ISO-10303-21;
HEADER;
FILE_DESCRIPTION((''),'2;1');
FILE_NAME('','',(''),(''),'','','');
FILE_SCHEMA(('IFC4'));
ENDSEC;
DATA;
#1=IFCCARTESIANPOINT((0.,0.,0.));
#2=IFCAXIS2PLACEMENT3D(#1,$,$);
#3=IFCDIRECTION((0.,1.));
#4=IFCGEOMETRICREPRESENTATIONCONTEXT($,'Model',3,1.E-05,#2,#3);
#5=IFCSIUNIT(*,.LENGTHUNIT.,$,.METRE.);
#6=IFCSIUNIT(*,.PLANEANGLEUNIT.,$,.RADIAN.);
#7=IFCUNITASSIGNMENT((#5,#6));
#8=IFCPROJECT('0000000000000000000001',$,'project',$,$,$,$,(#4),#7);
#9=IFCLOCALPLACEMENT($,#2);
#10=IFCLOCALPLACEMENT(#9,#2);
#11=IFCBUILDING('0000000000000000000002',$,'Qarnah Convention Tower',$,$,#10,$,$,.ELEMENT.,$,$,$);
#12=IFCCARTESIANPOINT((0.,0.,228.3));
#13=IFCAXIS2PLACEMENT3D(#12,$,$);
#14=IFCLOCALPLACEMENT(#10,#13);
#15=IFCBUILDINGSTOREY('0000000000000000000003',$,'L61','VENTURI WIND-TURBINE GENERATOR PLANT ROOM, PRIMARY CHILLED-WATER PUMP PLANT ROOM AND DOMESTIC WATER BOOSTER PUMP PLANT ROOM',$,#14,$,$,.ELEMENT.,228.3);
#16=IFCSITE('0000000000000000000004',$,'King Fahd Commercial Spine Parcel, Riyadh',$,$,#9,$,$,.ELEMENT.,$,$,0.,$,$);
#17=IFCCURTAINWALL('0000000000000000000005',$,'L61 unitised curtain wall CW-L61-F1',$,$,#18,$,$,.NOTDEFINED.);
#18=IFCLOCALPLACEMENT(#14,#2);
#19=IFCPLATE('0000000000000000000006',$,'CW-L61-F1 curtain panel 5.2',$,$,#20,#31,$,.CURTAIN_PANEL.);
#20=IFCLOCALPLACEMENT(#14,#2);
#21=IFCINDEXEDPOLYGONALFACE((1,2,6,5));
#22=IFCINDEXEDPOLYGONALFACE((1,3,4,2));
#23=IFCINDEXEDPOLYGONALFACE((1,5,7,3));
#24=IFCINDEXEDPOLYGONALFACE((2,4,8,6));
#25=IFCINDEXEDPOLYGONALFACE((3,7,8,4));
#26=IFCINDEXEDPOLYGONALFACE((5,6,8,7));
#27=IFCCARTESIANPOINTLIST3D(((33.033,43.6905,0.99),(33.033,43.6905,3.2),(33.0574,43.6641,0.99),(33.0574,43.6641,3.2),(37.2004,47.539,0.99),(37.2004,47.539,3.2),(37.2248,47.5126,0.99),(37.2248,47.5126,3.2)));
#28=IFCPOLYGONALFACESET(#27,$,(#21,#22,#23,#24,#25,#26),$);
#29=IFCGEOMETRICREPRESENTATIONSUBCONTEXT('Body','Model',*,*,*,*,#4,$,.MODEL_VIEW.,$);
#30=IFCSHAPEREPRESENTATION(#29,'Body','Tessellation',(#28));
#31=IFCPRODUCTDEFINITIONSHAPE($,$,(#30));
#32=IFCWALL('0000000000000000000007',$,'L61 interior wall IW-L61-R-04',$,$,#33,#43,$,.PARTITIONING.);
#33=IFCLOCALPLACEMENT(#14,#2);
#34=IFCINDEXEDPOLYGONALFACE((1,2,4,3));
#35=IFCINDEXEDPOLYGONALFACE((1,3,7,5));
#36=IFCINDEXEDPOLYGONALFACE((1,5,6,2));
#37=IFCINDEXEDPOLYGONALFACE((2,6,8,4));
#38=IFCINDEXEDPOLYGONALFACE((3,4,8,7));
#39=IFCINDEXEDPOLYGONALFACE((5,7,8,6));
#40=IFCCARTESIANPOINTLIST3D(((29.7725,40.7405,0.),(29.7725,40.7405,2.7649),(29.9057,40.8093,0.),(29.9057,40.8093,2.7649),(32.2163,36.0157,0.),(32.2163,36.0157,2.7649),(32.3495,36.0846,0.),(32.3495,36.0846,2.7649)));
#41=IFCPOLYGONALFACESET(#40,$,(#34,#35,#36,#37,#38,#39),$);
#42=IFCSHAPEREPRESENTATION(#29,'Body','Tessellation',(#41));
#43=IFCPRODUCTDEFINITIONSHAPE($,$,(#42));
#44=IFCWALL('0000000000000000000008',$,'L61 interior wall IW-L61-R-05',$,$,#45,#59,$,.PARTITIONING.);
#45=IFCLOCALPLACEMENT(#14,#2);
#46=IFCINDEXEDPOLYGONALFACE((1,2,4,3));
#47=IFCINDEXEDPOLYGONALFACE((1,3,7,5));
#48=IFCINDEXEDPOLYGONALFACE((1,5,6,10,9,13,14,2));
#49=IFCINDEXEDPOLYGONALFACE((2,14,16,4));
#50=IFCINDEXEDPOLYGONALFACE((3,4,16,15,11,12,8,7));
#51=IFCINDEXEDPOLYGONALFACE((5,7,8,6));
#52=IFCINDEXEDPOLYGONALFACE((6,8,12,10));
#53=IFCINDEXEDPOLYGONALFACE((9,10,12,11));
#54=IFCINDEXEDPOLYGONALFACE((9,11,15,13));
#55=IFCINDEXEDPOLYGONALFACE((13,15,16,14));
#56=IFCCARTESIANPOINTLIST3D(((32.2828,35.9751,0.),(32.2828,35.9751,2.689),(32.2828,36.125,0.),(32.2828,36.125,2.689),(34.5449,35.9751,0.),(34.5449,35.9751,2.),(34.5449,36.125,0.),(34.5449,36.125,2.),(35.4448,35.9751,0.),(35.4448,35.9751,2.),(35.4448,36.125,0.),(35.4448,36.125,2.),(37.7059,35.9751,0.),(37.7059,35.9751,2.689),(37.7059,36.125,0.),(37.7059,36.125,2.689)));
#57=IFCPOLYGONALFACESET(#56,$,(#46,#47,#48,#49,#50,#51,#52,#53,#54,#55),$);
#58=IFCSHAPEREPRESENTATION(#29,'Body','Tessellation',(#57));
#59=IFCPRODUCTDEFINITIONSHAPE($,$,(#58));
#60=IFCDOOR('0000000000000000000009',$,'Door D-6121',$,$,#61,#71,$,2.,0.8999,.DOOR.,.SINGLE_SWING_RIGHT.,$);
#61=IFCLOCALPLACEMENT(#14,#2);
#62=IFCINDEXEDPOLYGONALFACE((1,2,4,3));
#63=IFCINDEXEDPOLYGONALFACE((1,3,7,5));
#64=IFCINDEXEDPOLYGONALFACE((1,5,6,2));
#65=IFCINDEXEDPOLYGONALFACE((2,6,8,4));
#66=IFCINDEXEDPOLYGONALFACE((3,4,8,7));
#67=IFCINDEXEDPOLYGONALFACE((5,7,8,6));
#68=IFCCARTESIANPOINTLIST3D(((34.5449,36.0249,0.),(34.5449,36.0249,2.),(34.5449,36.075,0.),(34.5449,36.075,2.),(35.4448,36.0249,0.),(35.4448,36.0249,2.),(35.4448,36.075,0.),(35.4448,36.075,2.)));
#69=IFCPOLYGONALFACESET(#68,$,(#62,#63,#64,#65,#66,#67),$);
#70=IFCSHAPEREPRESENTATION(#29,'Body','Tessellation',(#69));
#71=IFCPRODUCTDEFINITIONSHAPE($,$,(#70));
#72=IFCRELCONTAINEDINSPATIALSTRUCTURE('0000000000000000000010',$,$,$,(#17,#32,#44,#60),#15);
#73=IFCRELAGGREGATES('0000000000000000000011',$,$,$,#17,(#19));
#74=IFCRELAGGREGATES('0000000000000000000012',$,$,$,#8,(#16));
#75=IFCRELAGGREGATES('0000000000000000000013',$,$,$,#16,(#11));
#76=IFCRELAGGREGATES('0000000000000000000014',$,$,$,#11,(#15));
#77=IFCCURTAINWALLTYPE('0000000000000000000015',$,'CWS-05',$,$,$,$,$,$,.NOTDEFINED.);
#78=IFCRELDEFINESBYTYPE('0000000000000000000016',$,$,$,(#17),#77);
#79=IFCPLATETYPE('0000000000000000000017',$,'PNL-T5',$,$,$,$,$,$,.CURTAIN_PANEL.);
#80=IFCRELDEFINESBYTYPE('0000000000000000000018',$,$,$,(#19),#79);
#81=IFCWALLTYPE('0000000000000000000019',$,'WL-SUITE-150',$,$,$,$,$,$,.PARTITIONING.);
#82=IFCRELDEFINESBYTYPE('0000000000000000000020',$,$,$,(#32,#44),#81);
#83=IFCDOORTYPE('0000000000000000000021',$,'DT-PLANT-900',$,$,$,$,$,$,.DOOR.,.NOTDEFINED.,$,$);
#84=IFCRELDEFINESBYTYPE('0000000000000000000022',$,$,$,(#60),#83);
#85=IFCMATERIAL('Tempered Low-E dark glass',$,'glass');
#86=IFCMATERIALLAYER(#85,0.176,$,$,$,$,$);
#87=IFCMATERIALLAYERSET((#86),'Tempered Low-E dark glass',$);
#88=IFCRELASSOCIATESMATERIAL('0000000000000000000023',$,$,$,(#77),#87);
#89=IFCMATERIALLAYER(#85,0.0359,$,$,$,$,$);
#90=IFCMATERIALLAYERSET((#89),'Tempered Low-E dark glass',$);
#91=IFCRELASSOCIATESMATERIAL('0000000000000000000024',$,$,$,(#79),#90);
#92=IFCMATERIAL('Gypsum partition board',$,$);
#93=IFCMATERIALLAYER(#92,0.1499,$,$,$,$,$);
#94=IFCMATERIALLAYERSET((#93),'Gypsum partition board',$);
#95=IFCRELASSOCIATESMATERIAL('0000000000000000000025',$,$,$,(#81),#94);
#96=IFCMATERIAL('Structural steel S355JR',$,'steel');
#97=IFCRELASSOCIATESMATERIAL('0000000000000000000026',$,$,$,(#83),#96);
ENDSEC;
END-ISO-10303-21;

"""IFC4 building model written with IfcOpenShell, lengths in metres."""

from ifc_helpers import new_model, si_unit, direction, frame, frame_2d, origin, origin_2d, place, context, subcontext, project, spatial, rectangle, extrude, material, layer, layer_set, type_object, element, fill, aggregate, save


model = new_model("IFC4")

# Units and contexts
model_context = context("Model", 3, precision=1e-05, world=origin(), true_north=direction((0.0, 1.0)))
body_context = subcontext(model_context, "Body", "Model", "MODEL_VIEW")
ifc_project = project(units=[si_unit("LENGTHUNIT", "METRE"), si_unit("PLANEANGLEUNIT", "RADIAN")], contexts=[model_context])

# Site, building, storey
site_placement = place(None, origin())
site = spatial("IfcSite", under=ifc_project, at=site_placement, Name="King Fahd Commercial Spine Parcel, Riyadh", CompositionType="ELEMENT", RefElevation=0.0)
building_placement = place(site_placement, origin())
building = spatial("IfcBuilding", under=site, at=building_placement, Name="Qarnah Convention Tower", CompositionType="ELEMENT")
storey_placement = place(building_placement, frame((0.0, 0.0, 228.3)))
storey = spatial("IfcBuildingStorey", under=building, at=storey_placement, Name="L61", Description="VENTURI WIND-TURBINE GENERATOR PLANT ROOM, PRIMARY CHILLED-WATER PUMP PLANT ROOM AND DOMESTIC WATER BOOSTER PUMP PLANT ROOM", CompositionType="ELEMENT", Elevation=228.3)

# Shared definitions
ifc_material_1 = material(Name="Structural steel S355JR", Category="steel")

# Curtain wall, plate
ifc_material_2 = material(Name="Tempered Low-E dark glass", Category="glass")
ifc_layer_1 = layer(ifc_material_2, 0.176)
ifc_layer_set_1 = layer_set([ifc_layer_1], Name="Tempered Low-E dark glass")
curtain_wall_type = type_object("IfcCurtainWallType", Name="CWS-05", PredefinedType="NOTDEFINED", material=ifc_layer_set_1)
curtain_wall_placement = place(storey_placement, origin())
curtain_wall = element("IfcCurtainWall", 1, at=curtain_wall_placement, inside=storey, type_object=curtain_wall_type, Name="L61 unitised curtain wall CW-L61-F1", PredefinedType="NOTDEFINED")
ifc_layer_2 = layer(ifc_material_2, 0.0359)
ifc_layer_set_2 = layer_set([ifc_layer_2], Name="Tempered Low-E dark glass")
plate_type = type_object("IfcPlateType", Name="PNL-T5", PredefinedType="CURTAIN_PANEL", material=ifc_layer_set_2)
plate_1_placement = place(storey_placement, frame((35.1289, 45.6016, 0.99), z_axis=(0.0, 0.0, 1.0), x_axis=(0.734657, 0.678439, 0.0)))
plate_1 = element("IfcPlate", 2, at=plate_1_placement, type_object=plate_type, Name="CW-L61-F1 curtain panel 5.2", PredefinedType="CURTAIN_PANEL", context=body_context, shape_type="SweptSolid", body=[
    extrude(rectangle(XDim=5.6726, YDim=0.0359, at=origin_2d()), origin(), (0.0, 0.0, 1.0), 2.21),
])
aggregate(curtain_wall, [plate_1])

# Wall
ifc_material_3 = material(Name="Gypsum partition board")
ifc_layer_3 = layer(ifc_material_3, 0.1499)
ifc_layer_set_3 = layer_set([ifc_layer_3], Name="Gypsum partition board")
wall_type = type_object("IfcWallType", Name="WL-SUITE-150", PredefinedType="PARTITIONING", material=ifc_layer_set_3)
wall_1_placement = place(storey_placement, frame((29.8391, 40.7749, 0.0), z_axis=(0.0, 0.0, 1.0), x_axis=(0.459417, -0.888221, 0.0)))
element("IfcWall", 3, at=wall_1_placement, inside=storey, type_object=wall_type, Name="L61 interior wall IW-L61-R-04", PredefinedType="PARTITIONING", context=body_context, shape_type="SweptSolid", body=[
    extrude(rectangle(XDim=5.3193, YDim=0.1499, at=frame_2d((2.6597, 0.0))), origin(), (0.0, 0.0, 1.0), 2.7649),
])

# Wall, opening, door
wall_2_placement = place(storey_placement, frame((32.283, 36.05, 0.0), z_axis=(0.0, 0.0, 1.0), x_axis=(1.0, 0.0, 0.0)))
wall_2 = element("IfcWall", 4, at=wall_2_placement, inside=storey, type_object=wall_type, Name="L61 interior wall IW-L61-R-05", PredefinedType="PARTITIONING", context=body_context, shape_type="SweptSolid", body=[
    extrude(rectangle(XDim=5.4231, YDim=0.1499, at=frame_2d((2.7114, 0.0))), origin(), (0.0, 0.0, 1.0), 2.689),
])
opening_placement = place(wall_2_placement, frame((2.262, 0.0, 0.0)))
opening = element("IfcOpeningElement", 5, at=opening_placement, cuts=wall_2, PredefinedType="OPENING", context=body_context, shape_type="SweptSolid", body=[
    extrude(rectangle(XDim=0.8999, YDim=2.0, at=frame_2d((0.45, 1.0))), frame((0.0, 0.085, 0.0), z_axis=(0.0, -1.0, 0.0), x_axis=(1.0, 0.0, 0.0)), (0.0, 0.0, 1.0), 0.1699),
])
door_type = type_object("IfcDoorType", Name="DT-PLANT-900", OperationType="NOTDEFINED", PredefinedType="DOOR", material=ifc_material_1)
door_placement = place(opening_placement, origin())
door = element("IfcDoor", 6, at=door_placement, inside=storey, type_object=door_type, Name="Door D-6121", OperationType="SINGLE_SWING_RIGHT", OverallHeight=2.0, OverallWidth=0.8999, PredefinedType="DOOR", context=body_context, shape_type="SweptSolid", body=[
    extrude(rectangle(XDim=0.8999, YDim=2.0, at=frame_2d((0.45, 1.0))), frame((0.0, 0.0249, 0.0), z_axis=(0.0, -1.0, 0.0), x_axis=(1.0, 0.0, 0.0)), (0.0, 0.0, 1.0), 0.05),
])
fill(opening, door)

save(model, "model.ifc")
